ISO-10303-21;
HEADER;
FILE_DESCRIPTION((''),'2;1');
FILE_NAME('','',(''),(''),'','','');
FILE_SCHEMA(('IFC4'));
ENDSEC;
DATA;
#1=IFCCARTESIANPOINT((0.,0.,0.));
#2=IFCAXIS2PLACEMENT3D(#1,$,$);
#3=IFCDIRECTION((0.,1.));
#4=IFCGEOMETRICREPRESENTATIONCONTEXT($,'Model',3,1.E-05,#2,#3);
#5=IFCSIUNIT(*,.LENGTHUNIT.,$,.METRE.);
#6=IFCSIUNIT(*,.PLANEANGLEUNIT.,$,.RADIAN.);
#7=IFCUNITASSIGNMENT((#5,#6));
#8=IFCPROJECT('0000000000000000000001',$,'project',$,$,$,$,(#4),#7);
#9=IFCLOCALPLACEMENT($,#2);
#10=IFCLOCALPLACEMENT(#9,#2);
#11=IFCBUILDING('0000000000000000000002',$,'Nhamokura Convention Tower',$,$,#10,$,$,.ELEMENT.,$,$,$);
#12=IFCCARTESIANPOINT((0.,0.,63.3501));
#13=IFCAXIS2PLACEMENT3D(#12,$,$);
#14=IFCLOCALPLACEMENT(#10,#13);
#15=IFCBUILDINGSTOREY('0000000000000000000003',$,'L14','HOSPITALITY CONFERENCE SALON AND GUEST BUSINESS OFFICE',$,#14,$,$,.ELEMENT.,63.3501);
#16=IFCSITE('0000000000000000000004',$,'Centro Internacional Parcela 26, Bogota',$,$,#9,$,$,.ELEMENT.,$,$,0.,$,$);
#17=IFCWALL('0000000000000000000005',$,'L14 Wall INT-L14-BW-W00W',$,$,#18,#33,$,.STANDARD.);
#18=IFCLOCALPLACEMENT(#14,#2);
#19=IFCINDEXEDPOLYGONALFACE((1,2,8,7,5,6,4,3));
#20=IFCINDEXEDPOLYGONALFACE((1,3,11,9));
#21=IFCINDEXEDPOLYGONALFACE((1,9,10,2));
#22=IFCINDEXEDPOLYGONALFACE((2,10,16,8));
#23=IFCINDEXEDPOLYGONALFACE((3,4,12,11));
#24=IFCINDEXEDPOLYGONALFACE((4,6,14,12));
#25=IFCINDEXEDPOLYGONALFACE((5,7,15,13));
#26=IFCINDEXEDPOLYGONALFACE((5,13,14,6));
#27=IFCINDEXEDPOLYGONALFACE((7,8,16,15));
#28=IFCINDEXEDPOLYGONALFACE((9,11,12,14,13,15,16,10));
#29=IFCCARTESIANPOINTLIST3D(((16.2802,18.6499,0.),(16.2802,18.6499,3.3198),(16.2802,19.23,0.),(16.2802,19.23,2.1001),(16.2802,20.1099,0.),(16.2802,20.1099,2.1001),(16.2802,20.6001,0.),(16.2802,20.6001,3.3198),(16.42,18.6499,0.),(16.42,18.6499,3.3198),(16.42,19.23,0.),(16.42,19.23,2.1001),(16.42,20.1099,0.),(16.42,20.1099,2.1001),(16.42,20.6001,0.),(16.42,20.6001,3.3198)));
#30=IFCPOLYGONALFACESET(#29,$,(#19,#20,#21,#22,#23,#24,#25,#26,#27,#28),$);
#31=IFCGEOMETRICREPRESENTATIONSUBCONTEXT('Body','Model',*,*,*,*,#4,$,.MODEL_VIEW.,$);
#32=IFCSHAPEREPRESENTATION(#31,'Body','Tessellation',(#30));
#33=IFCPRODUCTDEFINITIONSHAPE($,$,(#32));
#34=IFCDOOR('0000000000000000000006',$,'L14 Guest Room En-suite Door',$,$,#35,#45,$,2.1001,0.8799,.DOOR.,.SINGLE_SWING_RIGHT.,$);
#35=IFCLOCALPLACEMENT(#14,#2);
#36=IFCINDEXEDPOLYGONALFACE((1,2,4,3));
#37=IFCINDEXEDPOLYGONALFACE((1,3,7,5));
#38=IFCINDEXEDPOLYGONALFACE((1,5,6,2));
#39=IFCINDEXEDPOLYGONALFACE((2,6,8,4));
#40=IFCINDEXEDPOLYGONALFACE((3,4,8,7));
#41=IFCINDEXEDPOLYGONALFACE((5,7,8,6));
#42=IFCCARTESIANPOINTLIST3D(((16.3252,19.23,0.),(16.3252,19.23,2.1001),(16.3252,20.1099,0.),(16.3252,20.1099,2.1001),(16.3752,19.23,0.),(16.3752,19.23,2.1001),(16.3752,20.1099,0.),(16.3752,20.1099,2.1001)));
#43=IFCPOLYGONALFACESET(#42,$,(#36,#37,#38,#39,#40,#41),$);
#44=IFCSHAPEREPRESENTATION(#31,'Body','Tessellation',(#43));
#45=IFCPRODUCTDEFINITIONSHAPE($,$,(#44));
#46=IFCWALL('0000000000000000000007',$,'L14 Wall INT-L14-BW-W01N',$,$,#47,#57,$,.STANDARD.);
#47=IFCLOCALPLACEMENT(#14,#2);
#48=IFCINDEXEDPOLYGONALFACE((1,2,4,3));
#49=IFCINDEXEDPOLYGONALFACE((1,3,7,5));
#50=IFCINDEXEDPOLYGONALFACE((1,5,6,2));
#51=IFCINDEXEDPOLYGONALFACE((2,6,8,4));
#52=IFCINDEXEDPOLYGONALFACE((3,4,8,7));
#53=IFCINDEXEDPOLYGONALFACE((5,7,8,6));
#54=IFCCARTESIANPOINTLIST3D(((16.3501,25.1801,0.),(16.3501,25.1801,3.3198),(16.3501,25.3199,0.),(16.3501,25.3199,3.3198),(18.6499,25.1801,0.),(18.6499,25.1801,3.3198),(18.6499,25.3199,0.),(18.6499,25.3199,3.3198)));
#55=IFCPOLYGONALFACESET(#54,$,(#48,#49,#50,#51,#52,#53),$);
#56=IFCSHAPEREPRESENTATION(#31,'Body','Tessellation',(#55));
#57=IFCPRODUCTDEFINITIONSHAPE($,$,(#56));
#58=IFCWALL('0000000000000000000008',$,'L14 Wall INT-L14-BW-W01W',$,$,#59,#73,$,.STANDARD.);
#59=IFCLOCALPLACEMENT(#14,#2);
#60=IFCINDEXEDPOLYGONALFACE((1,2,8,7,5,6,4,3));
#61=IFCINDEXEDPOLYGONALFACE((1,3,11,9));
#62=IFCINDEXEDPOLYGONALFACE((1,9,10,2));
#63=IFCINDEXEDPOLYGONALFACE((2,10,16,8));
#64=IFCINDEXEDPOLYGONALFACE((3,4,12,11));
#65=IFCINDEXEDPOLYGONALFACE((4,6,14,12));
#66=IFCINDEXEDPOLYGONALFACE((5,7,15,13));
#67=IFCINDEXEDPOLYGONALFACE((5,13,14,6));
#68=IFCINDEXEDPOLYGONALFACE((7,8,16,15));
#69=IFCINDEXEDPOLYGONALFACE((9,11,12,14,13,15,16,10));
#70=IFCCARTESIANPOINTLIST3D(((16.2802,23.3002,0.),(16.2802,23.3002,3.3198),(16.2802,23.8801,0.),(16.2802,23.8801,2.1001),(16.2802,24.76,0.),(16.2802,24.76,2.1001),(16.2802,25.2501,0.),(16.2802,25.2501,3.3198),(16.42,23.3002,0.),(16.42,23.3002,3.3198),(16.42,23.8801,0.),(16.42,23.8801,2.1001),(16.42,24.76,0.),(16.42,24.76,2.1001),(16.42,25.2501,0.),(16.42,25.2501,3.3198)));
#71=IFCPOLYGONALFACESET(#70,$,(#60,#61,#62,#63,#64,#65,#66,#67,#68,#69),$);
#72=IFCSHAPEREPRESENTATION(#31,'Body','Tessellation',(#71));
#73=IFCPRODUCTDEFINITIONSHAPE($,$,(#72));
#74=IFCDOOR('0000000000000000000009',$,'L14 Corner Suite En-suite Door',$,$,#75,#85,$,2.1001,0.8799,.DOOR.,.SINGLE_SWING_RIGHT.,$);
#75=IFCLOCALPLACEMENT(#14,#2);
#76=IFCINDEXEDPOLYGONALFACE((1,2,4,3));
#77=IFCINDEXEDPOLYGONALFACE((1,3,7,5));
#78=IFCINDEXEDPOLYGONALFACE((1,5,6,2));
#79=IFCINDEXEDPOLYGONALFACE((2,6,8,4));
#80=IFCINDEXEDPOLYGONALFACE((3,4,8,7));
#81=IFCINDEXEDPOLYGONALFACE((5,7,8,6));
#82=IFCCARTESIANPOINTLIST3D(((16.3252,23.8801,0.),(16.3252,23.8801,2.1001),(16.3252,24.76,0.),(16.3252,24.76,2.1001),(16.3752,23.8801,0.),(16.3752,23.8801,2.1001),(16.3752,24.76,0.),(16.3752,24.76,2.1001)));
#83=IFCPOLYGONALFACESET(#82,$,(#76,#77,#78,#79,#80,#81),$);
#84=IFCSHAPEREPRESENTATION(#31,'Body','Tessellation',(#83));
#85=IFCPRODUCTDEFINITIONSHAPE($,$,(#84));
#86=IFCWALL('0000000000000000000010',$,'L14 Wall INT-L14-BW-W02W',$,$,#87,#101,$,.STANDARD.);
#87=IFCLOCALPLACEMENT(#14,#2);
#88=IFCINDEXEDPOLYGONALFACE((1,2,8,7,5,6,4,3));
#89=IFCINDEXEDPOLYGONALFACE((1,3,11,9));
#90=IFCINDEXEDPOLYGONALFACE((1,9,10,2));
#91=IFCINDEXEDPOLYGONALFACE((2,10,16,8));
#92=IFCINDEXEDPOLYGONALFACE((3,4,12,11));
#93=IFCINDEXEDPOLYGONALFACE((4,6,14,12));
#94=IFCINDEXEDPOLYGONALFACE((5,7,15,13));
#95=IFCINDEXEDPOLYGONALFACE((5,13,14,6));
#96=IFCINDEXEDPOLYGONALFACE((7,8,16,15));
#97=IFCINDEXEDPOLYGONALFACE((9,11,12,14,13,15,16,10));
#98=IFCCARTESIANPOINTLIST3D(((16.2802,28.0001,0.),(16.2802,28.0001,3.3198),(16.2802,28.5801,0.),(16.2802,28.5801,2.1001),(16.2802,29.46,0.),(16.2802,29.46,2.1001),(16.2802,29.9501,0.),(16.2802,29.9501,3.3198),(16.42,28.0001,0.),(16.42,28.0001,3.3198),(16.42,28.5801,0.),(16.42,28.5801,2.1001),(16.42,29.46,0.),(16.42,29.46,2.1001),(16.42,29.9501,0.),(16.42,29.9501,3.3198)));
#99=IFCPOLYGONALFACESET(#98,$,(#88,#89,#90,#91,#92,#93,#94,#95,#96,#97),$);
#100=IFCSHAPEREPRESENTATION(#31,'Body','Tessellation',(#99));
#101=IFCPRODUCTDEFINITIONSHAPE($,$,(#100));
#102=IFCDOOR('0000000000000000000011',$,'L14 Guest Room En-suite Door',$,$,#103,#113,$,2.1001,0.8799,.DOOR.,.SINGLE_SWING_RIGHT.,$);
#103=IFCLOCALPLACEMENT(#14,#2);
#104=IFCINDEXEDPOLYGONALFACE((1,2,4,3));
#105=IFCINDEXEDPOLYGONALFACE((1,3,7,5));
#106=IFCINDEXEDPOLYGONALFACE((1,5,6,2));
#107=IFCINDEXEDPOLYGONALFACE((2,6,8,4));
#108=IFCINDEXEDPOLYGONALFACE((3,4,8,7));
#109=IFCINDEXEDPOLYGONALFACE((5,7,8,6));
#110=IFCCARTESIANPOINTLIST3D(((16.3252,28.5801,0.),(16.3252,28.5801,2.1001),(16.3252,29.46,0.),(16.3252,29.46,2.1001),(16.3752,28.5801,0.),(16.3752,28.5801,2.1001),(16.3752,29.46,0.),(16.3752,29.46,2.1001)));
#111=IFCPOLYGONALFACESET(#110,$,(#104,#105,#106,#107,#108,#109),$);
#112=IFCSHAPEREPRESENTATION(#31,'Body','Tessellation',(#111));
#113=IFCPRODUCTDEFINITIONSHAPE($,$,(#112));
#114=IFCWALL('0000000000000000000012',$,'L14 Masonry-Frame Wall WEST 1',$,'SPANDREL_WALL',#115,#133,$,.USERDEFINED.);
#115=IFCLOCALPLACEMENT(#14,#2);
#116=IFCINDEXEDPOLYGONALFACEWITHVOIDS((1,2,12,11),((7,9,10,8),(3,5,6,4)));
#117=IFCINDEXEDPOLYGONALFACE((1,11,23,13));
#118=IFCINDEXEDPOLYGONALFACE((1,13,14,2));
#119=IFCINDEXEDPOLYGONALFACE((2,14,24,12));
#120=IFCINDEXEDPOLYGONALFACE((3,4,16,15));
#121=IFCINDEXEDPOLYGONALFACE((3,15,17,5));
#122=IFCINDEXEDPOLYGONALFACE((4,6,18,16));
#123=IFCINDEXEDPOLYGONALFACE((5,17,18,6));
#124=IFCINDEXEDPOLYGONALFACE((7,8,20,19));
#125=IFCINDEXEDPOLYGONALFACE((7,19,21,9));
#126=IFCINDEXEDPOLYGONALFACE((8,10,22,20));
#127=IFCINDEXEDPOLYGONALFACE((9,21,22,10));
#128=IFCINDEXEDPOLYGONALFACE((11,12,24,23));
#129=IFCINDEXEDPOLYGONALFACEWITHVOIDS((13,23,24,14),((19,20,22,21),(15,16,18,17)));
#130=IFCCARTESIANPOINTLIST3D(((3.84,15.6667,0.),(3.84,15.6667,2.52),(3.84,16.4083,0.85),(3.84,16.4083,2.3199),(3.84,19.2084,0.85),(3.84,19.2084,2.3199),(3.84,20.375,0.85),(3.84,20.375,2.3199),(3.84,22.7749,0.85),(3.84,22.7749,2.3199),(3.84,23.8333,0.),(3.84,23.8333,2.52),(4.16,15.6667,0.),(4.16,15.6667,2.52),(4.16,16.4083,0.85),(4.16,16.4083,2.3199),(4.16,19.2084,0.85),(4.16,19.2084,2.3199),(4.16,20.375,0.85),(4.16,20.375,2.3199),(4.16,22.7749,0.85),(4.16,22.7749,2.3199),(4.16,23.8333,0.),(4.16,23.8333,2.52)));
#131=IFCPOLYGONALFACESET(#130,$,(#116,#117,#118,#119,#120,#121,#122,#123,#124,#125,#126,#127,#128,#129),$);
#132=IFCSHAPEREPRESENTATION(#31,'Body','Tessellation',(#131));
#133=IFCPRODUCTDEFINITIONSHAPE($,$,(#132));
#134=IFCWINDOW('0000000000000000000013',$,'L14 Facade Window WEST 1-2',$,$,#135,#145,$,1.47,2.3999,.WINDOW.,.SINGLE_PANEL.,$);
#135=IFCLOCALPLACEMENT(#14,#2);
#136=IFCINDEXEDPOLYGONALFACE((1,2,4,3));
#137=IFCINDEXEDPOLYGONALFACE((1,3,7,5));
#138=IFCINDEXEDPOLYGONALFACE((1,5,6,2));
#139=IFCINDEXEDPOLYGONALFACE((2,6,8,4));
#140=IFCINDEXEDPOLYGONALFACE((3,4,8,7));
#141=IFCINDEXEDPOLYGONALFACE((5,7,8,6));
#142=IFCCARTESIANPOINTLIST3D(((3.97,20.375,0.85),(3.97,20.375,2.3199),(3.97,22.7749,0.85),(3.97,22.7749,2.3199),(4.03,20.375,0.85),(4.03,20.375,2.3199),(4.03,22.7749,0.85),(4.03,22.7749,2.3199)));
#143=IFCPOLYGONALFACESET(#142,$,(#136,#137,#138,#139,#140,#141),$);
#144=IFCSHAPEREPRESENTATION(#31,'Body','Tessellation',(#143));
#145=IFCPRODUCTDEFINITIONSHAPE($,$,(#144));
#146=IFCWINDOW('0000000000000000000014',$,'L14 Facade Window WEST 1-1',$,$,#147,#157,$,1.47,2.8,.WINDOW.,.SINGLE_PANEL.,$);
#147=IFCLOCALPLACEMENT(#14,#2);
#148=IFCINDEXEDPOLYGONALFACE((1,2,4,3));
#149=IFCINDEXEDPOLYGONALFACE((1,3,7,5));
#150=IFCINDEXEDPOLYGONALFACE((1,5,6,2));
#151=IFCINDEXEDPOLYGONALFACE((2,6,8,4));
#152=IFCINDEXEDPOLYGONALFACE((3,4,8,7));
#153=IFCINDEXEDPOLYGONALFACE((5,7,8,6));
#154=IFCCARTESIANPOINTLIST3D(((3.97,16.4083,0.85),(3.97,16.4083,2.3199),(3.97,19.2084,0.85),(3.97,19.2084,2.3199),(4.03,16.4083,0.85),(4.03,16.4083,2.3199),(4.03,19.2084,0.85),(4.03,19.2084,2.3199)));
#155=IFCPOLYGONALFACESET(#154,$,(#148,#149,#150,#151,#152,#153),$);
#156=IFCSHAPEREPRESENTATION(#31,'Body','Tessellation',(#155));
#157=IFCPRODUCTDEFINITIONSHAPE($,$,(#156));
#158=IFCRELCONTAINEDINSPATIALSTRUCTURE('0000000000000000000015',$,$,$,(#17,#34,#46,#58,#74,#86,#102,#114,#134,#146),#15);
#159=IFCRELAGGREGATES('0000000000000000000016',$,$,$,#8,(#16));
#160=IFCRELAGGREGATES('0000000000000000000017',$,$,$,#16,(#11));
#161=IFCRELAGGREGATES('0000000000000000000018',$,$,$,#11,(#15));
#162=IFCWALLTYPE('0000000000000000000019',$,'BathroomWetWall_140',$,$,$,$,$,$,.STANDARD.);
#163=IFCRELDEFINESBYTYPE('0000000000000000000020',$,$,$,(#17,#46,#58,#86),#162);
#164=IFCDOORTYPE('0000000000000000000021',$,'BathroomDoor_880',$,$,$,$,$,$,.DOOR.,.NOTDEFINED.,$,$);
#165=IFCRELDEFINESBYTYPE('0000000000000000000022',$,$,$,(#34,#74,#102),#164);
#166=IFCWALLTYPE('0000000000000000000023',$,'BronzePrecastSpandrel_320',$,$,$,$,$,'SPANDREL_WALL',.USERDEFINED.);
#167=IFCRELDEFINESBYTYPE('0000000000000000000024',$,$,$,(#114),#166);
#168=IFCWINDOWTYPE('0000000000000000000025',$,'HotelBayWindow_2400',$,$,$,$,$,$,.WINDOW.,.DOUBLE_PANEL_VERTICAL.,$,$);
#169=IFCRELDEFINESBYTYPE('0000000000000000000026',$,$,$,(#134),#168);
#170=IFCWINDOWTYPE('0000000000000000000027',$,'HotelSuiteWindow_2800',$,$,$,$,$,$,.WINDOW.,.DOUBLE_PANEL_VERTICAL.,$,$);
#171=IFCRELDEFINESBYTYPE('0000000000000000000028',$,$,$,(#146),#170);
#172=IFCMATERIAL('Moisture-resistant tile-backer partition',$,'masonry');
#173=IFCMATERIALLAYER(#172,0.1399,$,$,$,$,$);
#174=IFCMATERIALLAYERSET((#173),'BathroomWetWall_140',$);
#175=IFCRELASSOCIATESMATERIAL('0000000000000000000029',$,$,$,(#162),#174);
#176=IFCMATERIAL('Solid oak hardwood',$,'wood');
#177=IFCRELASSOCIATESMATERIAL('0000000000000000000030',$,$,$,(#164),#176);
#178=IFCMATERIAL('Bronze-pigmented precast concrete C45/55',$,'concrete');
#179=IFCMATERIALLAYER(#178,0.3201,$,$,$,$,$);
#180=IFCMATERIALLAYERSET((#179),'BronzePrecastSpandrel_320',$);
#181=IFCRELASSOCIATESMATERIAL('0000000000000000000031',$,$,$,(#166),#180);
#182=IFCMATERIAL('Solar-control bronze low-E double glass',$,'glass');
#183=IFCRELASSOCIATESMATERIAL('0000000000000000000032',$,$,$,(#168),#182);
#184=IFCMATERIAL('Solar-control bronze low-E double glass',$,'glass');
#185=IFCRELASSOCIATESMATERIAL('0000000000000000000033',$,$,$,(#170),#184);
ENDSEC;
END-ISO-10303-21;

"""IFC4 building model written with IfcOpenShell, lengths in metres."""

from ifc_helpers import new_model, si_unit, direction, frame, frame_2d, origin, place, context, subcontext, project, spatial, rectangle, extrude, material, layer, layer_set, type_object, element, fill, save


model = new_model("IFC4")

# Units and contexts
model_context = context("Model", 3, precision=1e-05, world=origin(), true_north=direction((0.0, 1.0)))
body_context = subcontext(model_context, "Body", "Model", "MODEL_VIEW")
ifc_project = project(units=[si_unit("LENGTHUNIT", "METRE"), si_unit("PLANEANGLEUNIT", "RADIAN")], contexts=[model_context])

# Site, building, storey
site_placement = place(None, origin())
site = spatial("IfcSite", under=ifc_project, at=site_placement, Name="Centro Internacional Parcela 26, Bogota", CompositionType="ELEMENT", RefElevation=0.0)
building_placement = place(site_placement, origin())
building = spatial("IfcBuilding", under=site, at=building_placement, Name="Nhamokura Convention Tower", CompositionType="ELEMENT")
storey_placement = place(building_placement, frame((0.0, 0.0, 63.3501)))
storey = spatial("IfcBuildingStorey", under=building, at=storey_placement, Name="L14", Description="HOSPITALITY CONFERENCE SALON AND GUEST BUSINESS OFFICE", CompositionType="ELEMENT", Elevation=63.3501)

# Shared definitions
ifc_material_1 = material(Name="Moisture-resistant tile-backer partition", Category="masonry")
ifc_layer_1 = layer(ifc_material_1, 0.1399)
ifc_layer_set_1 = layer_set([ifc_layer_1], Name="BathroomWetWall_140")
wall_type_1 = type_object("IfcWallType", Name="BathroomWetWall_140", PredefinedType="STANDARD", material=ifc_layer_set_1)

# Wall, opening, door
wall_1_placement = place(storey_placement, frame((16.3501, 18.6499, 0.0), z_axis=(0.0, 0.0, 1.0), x_axis=(0.0, 1.0, 0.0)))
wall_1 = element("IfcWall", 1, at=wall_1_placement, inside=storey, type_object=wall_type_1, Name="L14 Wall INT-L14-BW-W00W", PredefinedType="STANDARD", context=body_context, shape_type="SweptSolid", body=[
    extrude(rectangle(XDim=1.9502, YDim=0.1399, at=frame_2d((0.9751, 0.0))), origin(), (0.0, 0.0, 1.0), 3.3198),
])
opening_1_placement = place(wall_1_placement, frame((0.5801, 0.0, 0.0)))
opening_1 = element("IfcOpeningElement", 2, at=opening_1_placement, cuts=wall_1, PredefinedType="OPENING", context=body_context, shape_type="SweptSolid", body=[
    extrude(rectangle(XDim=0.8799, YDim=2.1001, at=frame_2d((0.4399, 1.05))), frame((0.0, 0.0798, 0.0), z_axis=(0.0, -1.0, 0.0), x_axis=(1.0, 0.0, 0.0)), (0.0, 0.0, 1.0), 0.1599),
])
ifc_material_2 = material(Name="Solid oak hardwood", Category="wood")
door_type_1 = type_object("IfcDoorType", Name="BathroomDoor_880", OperationType="NOTDEFINED", PredefinedType="DOOR", material=ifc_material_2)
door_1_placement = place(opening_1_placement, origin())
door_1 = element("IfcDoor", 3, at=door_1_placement, inside=storey, type_object=door_type_1, Name="L14 Guest Room En-suite Door", OperationType="SINGLE_SWING_RIGHT", OverallHeight=2.1001, OverallWidth=0.8799, PredefinedType="DOOR", context=body_context, shape_type="SweptSolid", body=[
    extrude(rectangle(XDim=0.8799, YDim=2.1001, at=frame_2d((0.4399, 1.05))), frame((0.0, 0.0249, 0.0), z_axis=(0.0, -1.0, 0.0), x_axis=(1.0, 0.0, 0.0)), (0.0, 0.0, 1.0), 0.05),
])
fill(opening_1, door_1)

# Wall
wall_2_placement = place(storey_placement, frame((16.3501, 25.25, 0.0), z_axis=(0.0, 0.0, 1.0), x_axis=(1.0, 0.0, 0.0)))
element("IfcWall", 4, at=wall_2_placement, inside=storey, type_object=wall_type_1, Name="L14 Wall INT-L14-BW-W01N", PredefinedType="STANDARD", context=body_context, shape_type="SweptSolid", body=[
    extrude(rectangle(XDim=2.2998, YDim=0.1399, at=frame_2d((1.1499, 0.0))), origin(), (0.0, 0.0, 1.0), 3.3198),
])

# Walls, openings, doors
wall_3_placement = place(storey_placement, frame((16.3501, 23.3, 0.0), z_axis=(0.0, 0.0, 1.0), x_axis=(0.0, 1.0, 0.0)))
wall_3 = element("IfcWall", 5, at=wall_3_placement, inside=storey, type_object=wall_type_1, Name="L14 Wall INT-L14-BW-W01W", PredefinedType="STANDARD", context=body_context, shape_type="SweptSolid", body=[
    extrude(rectangle(XDim=1.95, YDim=0.1399, at=frame_2d((0.9751, 0.0))), origin(), (0.0, 0.0, 1.0), 3.3198),
])
opening_2_placement = place(wall_3_placement, frame((0.5801, 0.0, 0.0)))
opening_2 = element("IfcOpeningElement", 6, at=opening_2_placement, cuts=wall_3, PredefinedType="OPENING", context=body_context, shape_type="SweptSolid", body=[
    extrude(rectangle(XDim=0.8799, YDim=2.1001, at=frame_2d((0.4399, 1.05))), frame((0.0, 0.0798, 0.0), z_axis=(0.0, -1.0, 0.0), x_axis=(1.0, 0.0, 0.0)), (0.0, 0.0, 1.0), 0.1599),
])
door_2_placement = place(opening_2_placement, origin())
door_2 = element("IfcDoor", 7, at=door_2_placement, inside=storey, type_object=door_type_1, Name="L14 Corner Suite En-suite Door", OperationType="SINGLE_SWING_RIGHT", OverallHeight=2.1001, OverallWidth=0.8799, PredefinedType="DOOR", context=body_context, shape_type="SweptSolid", body=[
    extrude(rectangle(XDim=0.8799, YDim=2.1001, at=frame_2d((0.4399, 1.05))), frame((0.0, 0.0249, 0.0), z_axis=(0.0, -1.0, 0.0), x_axis=(1.0, 0.0, 0.0)), (0.0, 0.0, 1.0), 0.05),
])
fill(opening_2, door_2)
wall_4_placement = place(storey_placement, frame((16.3501, 28.0, 0.0), z_axis=(0.0, 0.0, 1.0), x_axis=(0.0, 1.0, 0.0)))
wall_4 = element("IfcWall", 8, at=wall_4_placement, inside=storey, type_object=wall_type_1, Name="L14 Wall INT-L14-BW-W02W", PredefinedType="STANDARD", context=body_context, shape_type="SweptSolid", body=[
    extrude(rectangle(XDim=1.95, YDim=0.1399, at=frame_2d((0.9751, 0.0))), origin(), (0.0, 0.0, 1.0), 3.3198),
])
opening_3_placement = place(wall_4_placement, frame((0.5801, 0.0, 0.0)))
opening_3 = element("IfcOpeningElement", 9, at=opening_3_placement, cuts=wall_4, PredefinedType="OPENING", context=body_context, shape_type="SweptSolid", body=[
    extrude(rectangle(XDim=0.8799, YDim=2.1001, at=frame_2d((0.4399, 1.05))), frame((0.0, 0.0798, 0.0), z_axis=(0.0, -1.0, 0.0), x_axis=(1.0, 0.0, 0.0)), (0.0, 0.0, 1.0), 0.1599),
])
door_3_placement = place(opening_3_placement, origin())
door_3 = element("IfcDoor", 10, at=door_3_placement, inside=storey, type_object=door_type_1, Name="L14 Guest Room En-suite Door", OperationType="SINGLE_SWING_RIGHT", OverallHeight=2.1001, OverallWidth=0.8799, PredefinedType="DOOR", context=body_context, shape_type="SweptSolid", body=[
    extrude(rectangle(XDim=0.8799, YDim=2.1001, at=frame_2d((0.4399, 1.05))), frame((0.0, 0.0249, 0.0), z_axis=(0.0, -1.0, 0.0), x_axis=(1.0, 0.0, 0.0)), (0.0, 0.0, 1.0), 0.05),
])
fill(opening_3, door_3)

# Wall, openings, windows
ifc_material_3 = material(Name="Bronze-pigmented precast concrete C45/55", Category="concrete")
ifc_layer_2 = layer(ifc_material_3, 0.3201)
ifc_layer_set_2 = layer_set([ifc_layer_2], Name="BronzePrecastSpandrel_320")
wall_type_2 = type_object("IfcWallType", Name="BronzePrecastSpandrel_320", ElementType="SPANDREL_WALL", PredefinedType="USERDEFINED", material=ifc_layer_set_2)
wall_5_placement = place(storey_placement, frame((4.0, 15.6667, 0.0), z_axis=(0.0, 0.0, 1.0), x_axis=(0.0, 1.0, 0.0)))
wall_5 = element("IfcWall", 11, at=wall_5_placement, inside=storey, type_object=wall_type_2, Name="L14 Masonry-Frame Wall WEST 1", ObjectType="SPANDREL_WALL", PredefinedType="USERDEFINED", context=body_context, shape_type="SweptSolid", body=[
    extrude(rectangle(XDim=8.1665, YDim=0.3201, at=frame_2d((4.0833, 0.0))), origin(), (0.0, 0.0, 1.0), 2.52),
])
opening_4_placement = place(wall_5_placement, frame((0.7417, 0.0, 0.8501)))
opening_4 = element("IfcOpeningElement", 12, at=opening_4_placement, cuts=wall_5, PredefinedType="OPENING", context=body_context, shape_type="SweptSolid", body=[
    extrude(rectangle(XDim=2.8, YDim=1.47, at=frame_2d((1.3999, 0.7349))), frame((0.0, 0.1699, 0.0), z_axis=(0.0, -1.0, 0.0), x_axis=(1.0, 0.0, 0.0)), (0.0, 0.0, 1.0), 0.3401),
])
opening_5_placement = place(wall_5_placement, frame((4.7083, 0.0, 0.8501)))
opening_5 = element("IfcOpeningElement", 13, at=opening_5_placement, cuts=wall_5, PredefinedType="OPENING", context=body_context, shape_type="SweptSolid", body=[
    extrude(rectangle(XDim=2.3999, YDim=1.47, at=frame_2d((1.2, 0.7349))), frame((0.0, 0.1699, 0.0), z_axis=(0.0, -1.0, 0.0), x_axis=(1.0, 0.0, 0.0)), (0.0, 0.0, 1.0), 0.3401),
])
ifc_material_4 = material(Name="Solar-control bronze low-E double glass", Category="glass")
window_type_1 = type_object("IfcWindowType", Name="HotelBayWindow_2400", PartitioningType="DOUBLE_PANEL_VERTICAL", PredefinedType="WINDOW", material=ifc_material_4)
window_1_placement = place(opening_5_placement, origin())
window_1 = element("IfcWindow", 14, at=window_1_placement, inside=storey, type_object=window_type_1, Name="L14 Facade Window WEST 1-2", OverallHeight=1.47, OverallWidth=2.3999, PartitioningType="SINGLE_PANEL", PredefinedType="WINDOW", context=body_context, shape_type="SweptSolid", body=[
    extrude(rectangle(XDim=2.3999, YDim=1.47, at=frame_2d((1.2, 0.7349))), frame((0.0, 0.03, 0.0), z_axis=(0.0, -1.0, 0.0), x_axis=(1.0, 0.0, 0.0)), (0.0, 0.0, 1.0), 0.0601),
])
fill(opening_5, window_1)
ifc_material_5 = material(Name="Solar-control bronze low-E double glass", Category="glass")
window_type_2 = type_object("IfcWindowType", Name="HotelSuiteWindow_2800", PartitioningType="DOUBLE_PANEL_VERTICAL", PredefinedType="WINDOW", material=ifc_material_5)
window_2_placement = place(opening_4_placement, origin())
window_2 = element("IfcWindow", 15, at=window_2_placement, inside=storey, type_object=window_type_2, Name="L14 Facade Window WEST 1-1", OverallHeight=1.47, OverallWidth=2.8, PartitioningType="SINGLE_PANEL", PredefinedType="WINDOW", context=body_context, shape_type="SweptSolid", body=[
    extrude(rectangle(XDim=2.8, YDim=1.47, at=frame_2d((1.3999, 0.7349))), frame((0.0, 0.03, 0.0), z_axis=(0.0, -1.0, 0.0), x_axis=(1.0, 0.0, 0.0)), (0.0, 0.0, 1.0), 0.0601),
])
fill(opening_4, window_2)

save(model, "model.ifc")
